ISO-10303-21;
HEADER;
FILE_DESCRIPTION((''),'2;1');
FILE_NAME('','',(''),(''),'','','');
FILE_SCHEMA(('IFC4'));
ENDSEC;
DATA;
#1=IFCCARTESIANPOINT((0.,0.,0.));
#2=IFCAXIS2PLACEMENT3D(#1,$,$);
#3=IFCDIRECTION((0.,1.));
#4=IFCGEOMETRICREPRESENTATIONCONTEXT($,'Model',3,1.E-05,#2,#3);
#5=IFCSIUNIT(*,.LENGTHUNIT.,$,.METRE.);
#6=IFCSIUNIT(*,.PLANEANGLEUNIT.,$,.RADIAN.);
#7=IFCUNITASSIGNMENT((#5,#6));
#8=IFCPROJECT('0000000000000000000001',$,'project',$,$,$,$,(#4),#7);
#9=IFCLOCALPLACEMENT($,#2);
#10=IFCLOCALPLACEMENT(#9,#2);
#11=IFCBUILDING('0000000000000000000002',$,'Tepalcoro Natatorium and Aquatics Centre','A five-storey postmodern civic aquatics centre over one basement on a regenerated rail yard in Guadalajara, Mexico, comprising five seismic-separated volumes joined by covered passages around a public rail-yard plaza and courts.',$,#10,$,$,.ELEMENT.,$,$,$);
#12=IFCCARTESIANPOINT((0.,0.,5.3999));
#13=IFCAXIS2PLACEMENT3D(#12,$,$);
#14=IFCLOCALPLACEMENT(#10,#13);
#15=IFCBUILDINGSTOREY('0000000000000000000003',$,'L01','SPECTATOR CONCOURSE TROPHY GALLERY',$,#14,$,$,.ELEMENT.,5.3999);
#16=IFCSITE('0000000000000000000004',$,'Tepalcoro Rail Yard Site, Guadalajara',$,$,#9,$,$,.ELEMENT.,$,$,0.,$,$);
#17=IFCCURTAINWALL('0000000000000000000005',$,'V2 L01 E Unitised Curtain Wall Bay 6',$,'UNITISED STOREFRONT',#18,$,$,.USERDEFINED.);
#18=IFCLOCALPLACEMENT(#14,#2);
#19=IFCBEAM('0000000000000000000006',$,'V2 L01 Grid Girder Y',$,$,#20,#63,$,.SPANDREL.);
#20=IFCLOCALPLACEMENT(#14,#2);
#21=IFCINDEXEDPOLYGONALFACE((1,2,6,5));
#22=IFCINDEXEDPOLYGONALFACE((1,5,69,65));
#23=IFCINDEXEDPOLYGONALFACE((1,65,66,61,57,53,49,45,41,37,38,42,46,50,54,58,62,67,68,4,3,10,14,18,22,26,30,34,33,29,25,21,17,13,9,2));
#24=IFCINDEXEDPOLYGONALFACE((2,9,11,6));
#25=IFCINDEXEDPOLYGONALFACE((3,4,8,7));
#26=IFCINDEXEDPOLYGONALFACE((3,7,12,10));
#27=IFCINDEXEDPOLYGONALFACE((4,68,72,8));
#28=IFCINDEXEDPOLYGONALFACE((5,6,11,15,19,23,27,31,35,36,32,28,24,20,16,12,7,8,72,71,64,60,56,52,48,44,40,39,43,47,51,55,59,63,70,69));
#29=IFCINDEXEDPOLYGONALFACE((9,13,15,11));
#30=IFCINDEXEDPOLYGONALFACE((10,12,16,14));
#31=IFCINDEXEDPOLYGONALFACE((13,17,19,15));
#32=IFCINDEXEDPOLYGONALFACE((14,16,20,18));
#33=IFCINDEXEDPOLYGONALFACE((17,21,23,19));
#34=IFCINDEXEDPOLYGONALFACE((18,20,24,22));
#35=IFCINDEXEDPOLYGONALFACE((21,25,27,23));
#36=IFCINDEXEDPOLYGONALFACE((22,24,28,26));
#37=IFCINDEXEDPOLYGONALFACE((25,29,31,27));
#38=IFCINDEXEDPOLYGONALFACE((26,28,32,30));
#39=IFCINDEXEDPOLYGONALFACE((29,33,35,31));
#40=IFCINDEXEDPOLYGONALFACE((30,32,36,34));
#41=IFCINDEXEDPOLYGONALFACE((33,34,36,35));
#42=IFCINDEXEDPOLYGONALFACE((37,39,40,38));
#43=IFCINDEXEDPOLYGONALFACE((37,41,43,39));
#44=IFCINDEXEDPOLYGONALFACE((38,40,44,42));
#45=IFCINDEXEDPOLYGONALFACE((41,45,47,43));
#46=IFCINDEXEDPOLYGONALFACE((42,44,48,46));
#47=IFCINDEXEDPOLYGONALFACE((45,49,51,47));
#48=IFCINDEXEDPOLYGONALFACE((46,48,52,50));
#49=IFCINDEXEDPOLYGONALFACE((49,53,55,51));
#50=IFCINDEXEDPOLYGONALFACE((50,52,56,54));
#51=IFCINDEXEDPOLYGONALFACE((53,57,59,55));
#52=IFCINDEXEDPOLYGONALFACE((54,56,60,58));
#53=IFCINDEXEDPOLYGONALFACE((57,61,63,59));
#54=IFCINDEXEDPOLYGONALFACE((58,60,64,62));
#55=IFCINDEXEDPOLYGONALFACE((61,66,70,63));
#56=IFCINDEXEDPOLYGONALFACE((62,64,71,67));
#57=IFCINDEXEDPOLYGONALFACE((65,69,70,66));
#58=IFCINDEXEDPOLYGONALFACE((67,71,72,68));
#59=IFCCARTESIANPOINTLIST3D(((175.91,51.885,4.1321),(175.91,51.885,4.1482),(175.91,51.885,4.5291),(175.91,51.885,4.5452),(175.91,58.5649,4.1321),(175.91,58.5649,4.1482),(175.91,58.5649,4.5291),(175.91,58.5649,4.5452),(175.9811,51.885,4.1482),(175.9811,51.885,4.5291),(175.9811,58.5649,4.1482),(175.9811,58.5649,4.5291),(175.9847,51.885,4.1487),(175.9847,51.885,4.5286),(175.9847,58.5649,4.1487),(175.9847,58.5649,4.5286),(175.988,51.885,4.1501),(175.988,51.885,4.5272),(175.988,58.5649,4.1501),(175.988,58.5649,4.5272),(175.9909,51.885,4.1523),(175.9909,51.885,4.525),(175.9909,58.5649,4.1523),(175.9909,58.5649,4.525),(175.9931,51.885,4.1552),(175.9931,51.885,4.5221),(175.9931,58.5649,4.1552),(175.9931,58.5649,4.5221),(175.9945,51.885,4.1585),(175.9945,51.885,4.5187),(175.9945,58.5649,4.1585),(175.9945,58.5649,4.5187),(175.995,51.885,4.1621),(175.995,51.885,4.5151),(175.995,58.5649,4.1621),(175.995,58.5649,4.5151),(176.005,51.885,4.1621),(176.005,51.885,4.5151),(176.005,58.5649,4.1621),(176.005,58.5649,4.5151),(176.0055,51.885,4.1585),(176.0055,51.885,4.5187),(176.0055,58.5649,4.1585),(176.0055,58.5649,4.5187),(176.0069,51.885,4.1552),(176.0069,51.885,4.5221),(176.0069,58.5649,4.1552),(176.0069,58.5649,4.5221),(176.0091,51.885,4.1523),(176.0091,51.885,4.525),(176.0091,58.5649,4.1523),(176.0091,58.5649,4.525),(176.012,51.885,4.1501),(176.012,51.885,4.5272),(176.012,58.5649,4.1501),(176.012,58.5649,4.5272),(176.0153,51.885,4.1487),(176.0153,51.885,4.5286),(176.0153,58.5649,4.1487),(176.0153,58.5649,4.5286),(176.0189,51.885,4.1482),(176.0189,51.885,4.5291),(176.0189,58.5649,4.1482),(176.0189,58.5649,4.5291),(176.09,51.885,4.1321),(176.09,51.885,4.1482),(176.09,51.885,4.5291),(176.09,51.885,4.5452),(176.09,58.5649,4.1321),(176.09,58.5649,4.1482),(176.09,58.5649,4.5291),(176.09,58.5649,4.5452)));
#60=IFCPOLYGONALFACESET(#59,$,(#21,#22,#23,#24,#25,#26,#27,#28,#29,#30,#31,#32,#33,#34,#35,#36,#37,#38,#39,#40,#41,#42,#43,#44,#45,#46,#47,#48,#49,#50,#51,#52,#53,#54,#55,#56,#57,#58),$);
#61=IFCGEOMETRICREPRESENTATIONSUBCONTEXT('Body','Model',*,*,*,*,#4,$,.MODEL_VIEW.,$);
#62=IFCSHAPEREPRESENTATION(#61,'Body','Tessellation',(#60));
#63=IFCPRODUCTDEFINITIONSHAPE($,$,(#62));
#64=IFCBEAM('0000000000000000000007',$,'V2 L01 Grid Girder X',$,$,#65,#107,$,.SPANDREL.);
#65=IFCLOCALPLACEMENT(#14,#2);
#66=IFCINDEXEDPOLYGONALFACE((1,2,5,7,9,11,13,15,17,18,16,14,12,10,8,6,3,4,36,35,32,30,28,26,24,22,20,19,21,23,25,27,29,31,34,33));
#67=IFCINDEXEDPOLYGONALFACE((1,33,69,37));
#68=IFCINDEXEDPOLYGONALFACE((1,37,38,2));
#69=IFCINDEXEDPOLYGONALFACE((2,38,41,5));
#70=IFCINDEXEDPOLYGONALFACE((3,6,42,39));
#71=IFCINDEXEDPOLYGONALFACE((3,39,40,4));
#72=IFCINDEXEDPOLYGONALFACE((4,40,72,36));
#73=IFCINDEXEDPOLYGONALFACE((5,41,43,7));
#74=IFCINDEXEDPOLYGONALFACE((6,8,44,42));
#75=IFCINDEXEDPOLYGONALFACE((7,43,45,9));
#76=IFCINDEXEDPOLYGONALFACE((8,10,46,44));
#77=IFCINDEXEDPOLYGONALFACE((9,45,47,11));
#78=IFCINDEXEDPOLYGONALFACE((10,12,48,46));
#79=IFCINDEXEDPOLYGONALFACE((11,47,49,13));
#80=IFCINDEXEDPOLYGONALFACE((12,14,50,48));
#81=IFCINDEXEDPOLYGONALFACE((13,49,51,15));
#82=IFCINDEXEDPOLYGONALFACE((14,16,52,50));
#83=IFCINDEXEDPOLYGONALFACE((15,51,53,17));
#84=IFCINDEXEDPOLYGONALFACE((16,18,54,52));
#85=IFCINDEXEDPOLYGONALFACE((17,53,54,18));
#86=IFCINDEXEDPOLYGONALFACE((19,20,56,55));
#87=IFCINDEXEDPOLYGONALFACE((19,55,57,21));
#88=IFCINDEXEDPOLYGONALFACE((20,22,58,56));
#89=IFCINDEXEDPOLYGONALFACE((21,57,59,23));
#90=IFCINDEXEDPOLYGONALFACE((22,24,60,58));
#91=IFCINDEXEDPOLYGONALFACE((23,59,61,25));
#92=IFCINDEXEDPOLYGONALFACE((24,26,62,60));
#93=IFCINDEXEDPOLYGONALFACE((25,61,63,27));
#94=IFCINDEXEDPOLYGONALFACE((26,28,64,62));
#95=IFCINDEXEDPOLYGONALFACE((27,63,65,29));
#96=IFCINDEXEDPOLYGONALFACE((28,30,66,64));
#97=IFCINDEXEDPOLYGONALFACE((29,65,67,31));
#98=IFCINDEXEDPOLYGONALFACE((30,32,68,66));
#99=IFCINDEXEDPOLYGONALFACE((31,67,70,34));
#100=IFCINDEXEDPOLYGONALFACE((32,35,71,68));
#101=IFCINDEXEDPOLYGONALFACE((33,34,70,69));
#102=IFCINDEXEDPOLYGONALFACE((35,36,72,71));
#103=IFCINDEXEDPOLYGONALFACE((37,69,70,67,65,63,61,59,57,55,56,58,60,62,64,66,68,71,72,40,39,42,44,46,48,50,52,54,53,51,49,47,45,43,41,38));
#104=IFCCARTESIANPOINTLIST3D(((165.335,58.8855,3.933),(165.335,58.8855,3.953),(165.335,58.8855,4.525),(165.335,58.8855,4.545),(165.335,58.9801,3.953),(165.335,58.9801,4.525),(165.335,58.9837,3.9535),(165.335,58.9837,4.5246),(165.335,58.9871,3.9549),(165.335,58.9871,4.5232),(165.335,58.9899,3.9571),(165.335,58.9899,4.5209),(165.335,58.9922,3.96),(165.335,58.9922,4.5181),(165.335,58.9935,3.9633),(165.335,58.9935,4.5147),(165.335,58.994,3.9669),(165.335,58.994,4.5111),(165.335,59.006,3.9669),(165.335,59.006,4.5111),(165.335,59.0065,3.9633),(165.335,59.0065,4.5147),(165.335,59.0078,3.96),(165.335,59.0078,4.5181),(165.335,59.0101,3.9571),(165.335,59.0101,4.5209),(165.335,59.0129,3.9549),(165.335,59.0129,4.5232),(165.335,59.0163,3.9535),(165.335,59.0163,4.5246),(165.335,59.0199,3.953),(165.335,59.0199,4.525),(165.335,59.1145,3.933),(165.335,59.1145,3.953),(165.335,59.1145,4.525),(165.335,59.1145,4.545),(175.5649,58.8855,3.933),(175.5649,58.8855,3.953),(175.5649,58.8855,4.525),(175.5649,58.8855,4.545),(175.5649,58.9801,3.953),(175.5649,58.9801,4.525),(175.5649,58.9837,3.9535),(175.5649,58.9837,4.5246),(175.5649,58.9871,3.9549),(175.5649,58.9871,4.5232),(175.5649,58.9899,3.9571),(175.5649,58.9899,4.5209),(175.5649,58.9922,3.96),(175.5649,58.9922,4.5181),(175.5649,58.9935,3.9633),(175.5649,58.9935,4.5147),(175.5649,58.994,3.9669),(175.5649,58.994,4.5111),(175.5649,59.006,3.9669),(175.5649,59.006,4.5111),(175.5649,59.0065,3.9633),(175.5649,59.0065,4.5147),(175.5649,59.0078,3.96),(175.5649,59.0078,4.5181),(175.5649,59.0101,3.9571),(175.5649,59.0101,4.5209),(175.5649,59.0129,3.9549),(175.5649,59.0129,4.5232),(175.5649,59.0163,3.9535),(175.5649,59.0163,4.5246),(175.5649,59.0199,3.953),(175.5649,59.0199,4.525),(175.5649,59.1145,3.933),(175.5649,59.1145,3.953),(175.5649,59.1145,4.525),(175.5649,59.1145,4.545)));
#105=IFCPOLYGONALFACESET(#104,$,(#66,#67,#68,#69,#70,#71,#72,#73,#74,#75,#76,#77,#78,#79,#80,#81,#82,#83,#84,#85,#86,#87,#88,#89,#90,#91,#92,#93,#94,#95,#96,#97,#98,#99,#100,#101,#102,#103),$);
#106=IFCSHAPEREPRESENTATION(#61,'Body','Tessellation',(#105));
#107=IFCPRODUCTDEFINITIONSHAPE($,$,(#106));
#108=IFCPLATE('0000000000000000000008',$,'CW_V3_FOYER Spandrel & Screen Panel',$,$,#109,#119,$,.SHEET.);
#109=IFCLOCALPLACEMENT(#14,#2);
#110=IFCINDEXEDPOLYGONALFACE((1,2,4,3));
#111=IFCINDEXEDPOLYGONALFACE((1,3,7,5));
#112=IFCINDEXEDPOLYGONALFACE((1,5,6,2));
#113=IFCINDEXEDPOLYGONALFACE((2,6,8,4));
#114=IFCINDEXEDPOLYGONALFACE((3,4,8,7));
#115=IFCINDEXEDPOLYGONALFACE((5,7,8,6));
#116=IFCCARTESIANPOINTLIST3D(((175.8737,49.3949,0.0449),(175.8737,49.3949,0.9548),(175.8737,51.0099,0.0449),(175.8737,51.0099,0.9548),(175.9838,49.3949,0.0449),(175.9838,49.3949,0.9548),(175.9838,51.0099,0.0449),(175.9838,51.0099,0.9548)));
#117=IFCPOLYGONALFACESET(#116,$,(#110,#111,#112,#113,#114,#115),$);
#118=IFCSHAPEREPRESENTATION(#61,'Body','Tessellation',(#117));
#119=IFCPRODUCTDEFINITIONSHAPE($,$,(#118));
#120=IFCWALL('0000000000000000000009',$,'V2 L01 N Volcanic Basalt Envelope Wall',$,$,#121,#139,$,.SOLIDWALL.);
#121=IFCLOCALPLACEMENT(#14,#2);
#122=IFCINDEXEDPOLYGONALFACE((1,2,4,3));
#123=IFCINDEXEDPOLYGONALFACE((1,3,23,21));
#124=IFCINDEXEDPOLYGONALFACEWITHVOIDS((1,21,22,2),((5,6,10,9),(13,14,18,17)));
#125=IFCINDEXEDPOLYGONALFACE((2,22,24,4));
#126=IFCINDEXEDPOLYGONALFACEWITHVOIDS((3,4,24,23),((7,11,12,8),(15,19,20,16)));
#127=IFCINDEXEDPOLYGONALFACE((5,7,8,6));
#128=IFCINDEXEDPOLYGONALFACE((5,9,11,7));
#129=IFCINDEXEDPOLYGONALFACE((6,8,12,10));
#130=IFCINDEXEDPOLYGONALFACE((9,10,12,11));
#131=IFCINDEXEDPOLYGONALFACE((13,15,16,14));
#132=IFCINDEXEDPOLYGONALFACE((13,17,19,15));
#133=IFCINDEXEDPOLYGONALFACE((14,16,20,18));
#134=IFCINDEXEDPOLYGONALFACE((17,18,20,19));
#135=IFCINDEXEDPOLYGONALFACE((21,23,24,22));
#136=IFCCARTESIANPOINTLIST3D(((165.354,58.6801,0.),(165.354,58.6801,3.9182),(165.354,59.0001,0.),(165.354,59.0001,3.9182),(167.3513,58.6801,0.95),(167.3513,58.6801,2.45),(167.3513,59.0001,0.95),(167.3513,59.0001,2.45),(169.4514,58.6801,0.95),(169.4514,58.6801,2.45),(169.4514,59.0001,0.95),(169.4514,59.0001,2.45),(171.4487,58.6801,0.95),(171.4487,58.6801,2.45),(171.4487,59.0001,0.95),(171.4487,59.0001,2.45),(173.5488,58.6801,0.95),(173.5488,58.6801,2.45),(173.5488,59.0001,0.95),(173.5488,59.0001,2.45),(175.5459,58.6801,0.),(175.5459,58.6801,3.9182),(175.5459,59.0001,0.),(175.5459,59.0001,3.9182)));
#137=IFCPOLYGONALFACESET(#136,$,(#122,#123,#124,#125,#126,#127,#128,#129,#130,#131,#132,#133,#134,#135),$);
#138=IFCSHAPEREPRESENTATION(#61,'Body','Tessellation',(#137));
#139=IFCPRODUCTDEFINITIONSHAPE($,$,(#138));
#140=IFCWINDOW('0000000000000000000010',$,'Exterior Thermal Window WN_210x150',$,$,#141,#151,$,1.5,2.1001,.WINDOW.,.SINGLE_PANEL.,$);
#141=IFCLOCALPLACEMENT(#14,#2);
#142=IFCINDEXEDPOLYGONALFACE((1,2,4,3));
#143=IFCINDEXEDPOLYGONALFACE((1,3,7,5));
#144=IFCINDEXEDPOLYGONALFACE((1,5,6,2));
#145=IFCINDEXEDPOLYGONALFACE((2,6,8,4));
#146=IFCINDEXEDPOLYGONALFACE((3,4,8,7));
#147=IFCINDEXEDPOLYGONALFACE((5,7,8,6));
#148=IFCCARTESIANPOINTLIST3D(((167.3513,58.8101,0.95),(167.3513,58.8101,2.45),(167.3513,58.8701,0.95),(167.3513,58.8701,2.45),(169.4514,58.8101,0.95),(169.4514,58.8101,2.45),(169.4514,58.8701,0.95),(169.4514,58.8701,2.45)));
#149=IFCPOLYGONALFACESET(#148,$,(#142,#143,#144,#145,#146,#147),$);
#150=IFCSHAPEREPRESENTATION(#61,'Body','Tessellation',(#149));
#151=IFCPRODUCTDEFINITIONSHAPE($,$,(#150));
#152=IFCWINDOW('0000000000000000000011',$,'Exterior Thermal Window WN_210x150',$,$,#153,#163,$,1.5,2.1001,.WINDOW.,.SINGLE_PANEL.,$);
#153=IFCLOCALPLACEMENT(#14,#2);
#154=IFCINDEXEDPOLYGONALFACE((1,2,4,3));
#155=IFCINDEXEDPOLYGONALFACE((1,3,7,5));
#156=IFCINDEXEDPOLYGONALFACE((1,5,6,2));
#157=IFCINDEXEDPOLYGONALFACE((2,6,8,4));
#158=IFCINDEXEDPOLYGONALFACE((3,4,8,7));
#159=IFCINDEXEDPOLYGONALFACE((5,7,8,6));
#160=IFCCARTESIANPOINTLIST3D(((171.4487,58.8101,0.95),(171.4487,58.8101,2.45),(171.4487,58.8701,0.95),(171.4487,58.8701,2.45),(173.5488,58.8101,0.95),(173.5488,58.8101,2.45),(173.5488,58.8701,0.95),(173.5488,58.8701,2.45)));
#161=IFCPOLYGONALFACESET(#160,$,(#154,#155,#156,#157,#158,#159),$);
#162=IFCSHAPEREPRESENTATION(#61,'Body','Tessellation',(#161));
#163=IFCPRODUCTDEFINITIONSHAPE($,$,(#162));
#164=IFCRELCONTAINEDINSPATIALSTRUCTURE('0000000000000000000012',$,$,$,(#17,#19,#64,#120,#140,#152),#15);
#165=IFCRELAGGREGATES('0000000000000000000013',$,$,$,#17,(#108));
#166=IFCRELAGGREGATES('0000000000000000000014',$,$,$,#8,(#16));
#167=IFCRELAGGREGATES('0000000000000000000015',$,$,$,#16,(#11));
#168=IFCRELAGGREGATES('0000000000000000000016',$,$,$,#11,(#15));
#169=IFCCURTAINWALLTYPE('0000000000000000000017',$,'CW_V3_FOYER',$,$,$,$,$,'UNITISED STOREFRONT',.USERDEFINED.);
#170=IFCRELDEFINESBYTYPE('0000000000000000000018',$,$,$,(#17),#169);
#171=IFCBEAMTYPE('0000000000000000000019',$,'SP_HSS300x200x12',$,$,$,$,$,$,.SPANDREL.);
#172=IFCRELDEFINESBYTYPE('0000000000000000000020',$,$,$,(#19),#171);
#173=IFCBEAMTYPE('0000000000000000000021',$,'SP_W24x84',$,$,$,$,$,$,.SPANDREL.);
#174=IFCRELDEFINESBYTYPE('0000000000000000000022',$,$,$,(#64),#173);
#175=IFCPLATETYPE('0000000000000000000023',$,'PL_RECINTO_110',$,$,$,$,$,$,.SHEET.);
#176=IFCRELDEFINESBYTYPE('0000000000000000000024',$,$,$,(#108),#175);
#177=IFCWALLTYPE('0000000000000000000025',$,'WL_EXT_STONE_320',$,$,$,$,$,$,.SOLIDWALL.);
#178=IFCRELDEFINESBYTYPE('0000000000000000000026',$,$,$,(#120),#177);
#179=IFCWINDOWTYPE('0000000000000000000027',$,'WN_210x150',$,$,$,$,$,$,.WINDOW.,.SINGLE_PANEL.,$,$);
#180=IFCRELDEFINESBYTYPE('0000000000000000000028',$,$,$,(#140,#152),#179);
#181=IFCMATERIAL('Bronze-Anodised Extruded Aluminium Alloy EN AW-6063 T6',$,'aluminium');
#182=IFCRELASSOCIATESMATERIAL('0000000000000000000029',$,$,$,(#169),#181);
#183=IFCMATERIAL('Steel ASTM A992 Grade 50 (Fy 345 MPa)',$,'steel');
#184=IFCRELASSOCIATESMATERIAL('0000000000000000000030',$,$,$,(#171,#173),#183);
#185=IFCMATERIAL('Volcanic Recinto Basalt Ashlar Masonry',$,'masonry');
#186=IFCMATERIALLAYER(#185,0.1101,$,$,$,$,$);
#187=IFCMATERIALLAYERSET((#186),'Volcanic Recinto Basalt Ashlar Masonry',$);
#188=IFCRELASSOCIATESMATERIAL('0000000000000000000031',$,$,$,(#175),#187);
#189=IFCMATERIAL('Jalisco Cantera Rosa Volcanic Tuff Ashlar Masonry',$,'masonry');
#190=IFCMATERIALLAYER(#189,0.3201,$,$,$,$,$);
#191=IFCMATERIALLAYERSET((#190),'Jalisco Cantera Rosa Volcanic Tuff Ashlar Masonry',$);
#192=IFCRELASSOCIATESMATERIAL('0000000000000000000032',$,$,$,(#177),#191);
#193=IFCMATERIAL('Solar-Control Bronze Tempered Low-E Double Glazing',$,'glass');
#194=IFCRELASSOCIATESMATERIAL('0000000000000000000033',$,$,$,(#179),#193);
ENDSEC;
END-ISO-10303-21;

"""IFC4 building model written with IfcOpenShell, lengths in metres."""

from ifc_helpers import new_model, si_unit, direction, frame, frame_2d, origin, origin_2d, place, context, subcontext, project, spatial, rectangle, i_section, extrude, material, layer, layer_set, material_profile, profile_set, type_object, element, fill, aggregate, save


model = new_model("IFC4")

# Units and contexts
model_context = context("Model", 3, precision=1e-05, world=origin(), true_north=direction((0.0, 1.0)))
body_context = subcontext(model_context, "Body", "Model", "MODEL_VIEW")
ifc_project = project(units=[si_unit("LENGTHUNIT", "METRE"), si_unit("PLANEANGLEUNIT", "RADIAN")], contexts=[model_context])

# Site, building, storey
site_placement = place(None, origin())
site = spatial("IfcSite", under=ifc_project, at=site_placement, Name="Tepalcoro Rail Yard Site, Guadalajara", CompositionType="ELEMENT", RefElevation=0.0)
building_placement = place(site_placement, origin())
building = spatial("IfcBuilding", under=site, at=building_placement, Name="Tepalcoro Natatorium and Aquatics Centre", Description="A five-storey postmodern civic aquatics centre over one basement on a regenerated rail yard in Guadalajara, Mexico, comprising five seismic-separated volumes joined by covered passages around a public rail-yard plaza and courts.", CompositionType="ELEMENT")
storey_placement = place(building_placement, frame((0.0, 0.0, 5.3999)))
storey = spatial("IfcBuildingStorey", under=building, at=storey_placement, Name="L01", Description="SPECTATOR CONCOURSE TROPHY GALLERY", CompositionType="ELEMENT", Elevation=5.3999)

# Shared definitions
ifc_material_1 = material(Name="Steel ASTM A992 Grade 50 (Fy 345 MPa)", Category="steel")

# Curtain wall
ifc_material_2 = material(Name="Bronze-Anodised Extruded Aluminium Alloy EN AW-6063 T6", Category="aluminium")
curtain_wall_type_1 = type_object("IfcCurtainWallType", Name="CW_V3_FOYER", ElementType="UNITISED STOREFRONT", PredefinedType="USERDEFINED", material=ifc_material_2)
curtain_wall_1_placement = place(storey_placement, origin())
curtain_wall_1 = element("IfcCurtainWall", 1, at=curtain_wall_1_placement, inside=storey, type_object=curtain_wall_type_1, Name="V2 L01 E Unitised Curtain Wall Bay 6", ObjectType="UNITISED STOREFRONT", PredefinedType="USERDEFINED")

# Beams
ifc_material_profile_1 = material_profile(ifc_material_1, i_section(OverallWidth=0.1799, OverallDepth=0.4131, WebThickness=0.01, FlangeThickness=0.0161, FilletRadius=0.0139, at=origin_2d()), Name="W16X50")
ifc_profile_set_1 = profile_set([ifc_material_profile_1], Name="Steel ASTM A992 Grade 50 (Fy 345 MPa)")
beam_type_1 = type_object("IfcBeamType", Name="SP_HSS300x200x12", PredefinedType="SPANDREL", material=ifc_profile_set_1)
beam_1_placement = place(storey_placement, frame((176.0, 51.885, 4.3386), z_axis=(0.0, 1.0, 0.0), x_axis=(-1.0, 0.0, 0.0)))
element("IfcBeam", 2, at=beam_1_placement, inside=storey, type_object=beam_type_1, Name="V2 L01 Grid Girder Y", PredefinedType="SPANDREL", context=body_context, shape_type="SweptSolid", body=[
    extrude(i_section(OverallWidth=0.1799, OverallDepth=0.4131, WebThickness=0.01, FlangeThickness=0.0161, FilletRadius=0.0139, at=origin_2d()), origin(), (0.0, 0.0, 1.0), 6.6799),
])
ifc_material_profile_2 = material_profile(ifc_material_1, i_section(OverallWidth=0.229, OverallDepth=0.6121, WebThickness=0.012, FlangeThickness=0.02, FilletRadius=0.0139, at=origin_2d()), Name="W24X84")
ifc_profile_set_2 = profile_set([ifc_material_profile_2], Name="Steel ASTM A992 Grade 50 (Fy 345 MPa)")
beam_type_2 = type_object("IfcBeamType", Name="SP_W24x84", PredefinedType="SPANDREL", material=ifc_profile_set_2)
beam_2_placement = place(storey_placement, frame((165.335, 59.0, 4.239), z_axis=(1.0, 0.0, 0.0), x_axis=(0.0, 1.0, 0.0)))
element("IfcBeam", 3, at=beam_2_placement, inside=storey, type_object=beam_type_2, Name="V2 L01 Grid Girder X", PredefinedType="SPANDREL", context=body_context, shape_type="SweptSolid", body=[
    extrude(i_section(OverallWidth=0.229, OverallDepth=0.6121, WebThickness=0.012, FlangeThickness=0.02, FilletRadius=0.0139, at=origin_2d()), origin(), (0.0, 0.0, 1.0), 10.23),
])

# Plate
ifc_material_3 = material(Name="Volcanic Recinto Basalt Ashlar Masonry", Category="masonry")
ifc_layer_1 = layer(ifc_material_3, 0.1101)
ifc_layer_set_1 = layer_set([ifc_layer_1], Name="Volcanic Recinto Basalt Ashlar Masonry")
plate_type = type_object("IfcPlateType", Name="PL_RECINTO_110", PredefinedType="SHEET", material=ifc_layer_set_1)
plate_placement = place(storey_placement, frame((175.9287, 50.2024, 0.0449), z_axis=(0.0, 0.0, 1.0), x_axis=(1.0, 0.0, 0.0)))
plate = element("IfcPlate", 4, at=plate_placement, type_object=plate_type, Name="CW_V3_FOYER Spandrel & Screen Panel", PredefinedType="SHEET", context=body_context, shape_type="SweptSolid", body=[
    extrude(rectangle(XDim=0.1101, YDim=1.615, at=origin_2d()), origin(), (0.0, 0.0, 1.0), 0.9099),
])
aggregate(curtain_wall_1, [plate])

# Wall, openings, windows
ifc_material_4 = material(Name="Jalisco Cantera Rosa Volcanic Tuff Ashlar Masonry", Category="masonry")
ifc_layer_2 = layer(ifc_material_4, 0.3201)
ifc_layer_set_2 = layer_set([ifc_layer_2], Name="Jalisco Cantera Rosa Volcanic Tuff Ashlar Masonry")
wall_type_1 = type_object("IfcWallType", Name="WL_EXT_STONE_320", PredefinedType="SOLIDWALL", material=ifc_layer_set_2)
wall_1_placement = place(storey_placement, frame((165.354, 58.8401, 0.0), z_axis=(0.0, 0.0, 1.0), x_axis=(1.0, 0.0, 0.0)))
wall_1 = element("IfcWall", 5, at=wall_1_placement, inside=storey, type_object=wall_type_1, Name="V2 L01 N Volcanic Basalt Envelope Wall", PredefinedType="SOLIDWALL", context=body_context, shape_type="SweptSolid", body=[
    extrude(rectangle(XDim=10.1919, YDim=0.3201, at=frame_2d((5.0959, 0.0))), origin(), (0.0, 0.0, 1.0), 3.9182),
])
opening_1_placement = place(wall_1_placement, frame((1.9973, 0.0, 0.95)))
opening_1 = element("IfcOpeningElement", 6, at=opening_1_placement, cuts=wall_1, PredefinedType="OPENING", context=body_context, shape_type="SweptSolid", body=[
    extrude(rectangle(XDim=2.1001, YDim=1.5, at=frame_2d((1.05, 0.75))), frame((0.0, 0.1719, 0.0), z_axis=(0.0, -1.0, 0.0), x_axis=(1.0, 0.0, 0.0)), (0.0, 0.0, 1.0), 0.344),
])
opening_2_placement = place(wall_1_placement, frame((6.0947, 0.0, 0.95)))
opening_2 = element("IfcOpeningElement", 7, at=opening_2_placement, cuts=wall_1, PredefinedType="OPENING", context=body_context, shape_type="SweptSolid", body=[
    extrude(rectangle(XDim=2.1001, YDim=1.5, at=frame_2d((1.05, 0.75))), frame((0.0, 0.1719, 0.0), z_axis=(0.0, -1.0, 0.0), x_axis=(1.0, 0.0, 0.0)), (0.0, 0.0, 1.0), 0.344),
])
ifc_material_5 = material(Name="Solar-Control Bronze Tempered Low-E Double Glazing", Category="glass")
window_type_1 = type_object("IfcWindowType", Name="WN_210x150", PartitioningType="SINGLE_PANEL", PredefinedType="WINDOW", material=ifc_material_5)
window_1_placement = place(opening_1_placement, origin())
window_1 = element("IfcWindow", 8, at=window_1_placement, inside=storey, type_object=window_type_1, Name="Exterior Thermal Window WN_210x150", OverallHeight=1.5, OverallWidth=2.1001, PartitioningType="SINGLE_PANEL", PredefinedType="WINDOW", context=body_context, shape_type="SweptSolid", body=[
    extrude(rectangle(XDim=2.1001, YDim=1.5, at=frame_2d((1.05, 0.75))), frame((0.0, 0.03, 0.0), z_axis=(0.0, -1.0, 0.0), x_axis=(1.0, 0.0, 0.0)), (0.0, 0.0, 1.0), 0.0601),
])
fill(opening_1, window_1)
window_2_placement = place(opening_2_placement, origin())
window_2 = element("IfcWindow", 9, at=window_2_placement, inside=storey, type_object=window_type_1, Name="Exterior Thermal Window WN_210x150", OverallHeight=1.5, OverallWidth=2.1001, PartitioningType="SINGLE_PANEL", PredefinedType="WINDOW", context=body_context, shape_type="SweptSolid", body=[
    extrude(rectangle(XDim=2.1001, YDim=1.5, at=frame_2d((1.05, 0.75))), frame((0.0, 0.03, 0.0), z_axis=(0.0, -1.0, 0.0), x_axis=(1.0, 0.0, 0.0)), (0.0, 0.0, 1.0), 0.0601),
])
fill(opening_2, window_2)

save(model, "model.ifc")
